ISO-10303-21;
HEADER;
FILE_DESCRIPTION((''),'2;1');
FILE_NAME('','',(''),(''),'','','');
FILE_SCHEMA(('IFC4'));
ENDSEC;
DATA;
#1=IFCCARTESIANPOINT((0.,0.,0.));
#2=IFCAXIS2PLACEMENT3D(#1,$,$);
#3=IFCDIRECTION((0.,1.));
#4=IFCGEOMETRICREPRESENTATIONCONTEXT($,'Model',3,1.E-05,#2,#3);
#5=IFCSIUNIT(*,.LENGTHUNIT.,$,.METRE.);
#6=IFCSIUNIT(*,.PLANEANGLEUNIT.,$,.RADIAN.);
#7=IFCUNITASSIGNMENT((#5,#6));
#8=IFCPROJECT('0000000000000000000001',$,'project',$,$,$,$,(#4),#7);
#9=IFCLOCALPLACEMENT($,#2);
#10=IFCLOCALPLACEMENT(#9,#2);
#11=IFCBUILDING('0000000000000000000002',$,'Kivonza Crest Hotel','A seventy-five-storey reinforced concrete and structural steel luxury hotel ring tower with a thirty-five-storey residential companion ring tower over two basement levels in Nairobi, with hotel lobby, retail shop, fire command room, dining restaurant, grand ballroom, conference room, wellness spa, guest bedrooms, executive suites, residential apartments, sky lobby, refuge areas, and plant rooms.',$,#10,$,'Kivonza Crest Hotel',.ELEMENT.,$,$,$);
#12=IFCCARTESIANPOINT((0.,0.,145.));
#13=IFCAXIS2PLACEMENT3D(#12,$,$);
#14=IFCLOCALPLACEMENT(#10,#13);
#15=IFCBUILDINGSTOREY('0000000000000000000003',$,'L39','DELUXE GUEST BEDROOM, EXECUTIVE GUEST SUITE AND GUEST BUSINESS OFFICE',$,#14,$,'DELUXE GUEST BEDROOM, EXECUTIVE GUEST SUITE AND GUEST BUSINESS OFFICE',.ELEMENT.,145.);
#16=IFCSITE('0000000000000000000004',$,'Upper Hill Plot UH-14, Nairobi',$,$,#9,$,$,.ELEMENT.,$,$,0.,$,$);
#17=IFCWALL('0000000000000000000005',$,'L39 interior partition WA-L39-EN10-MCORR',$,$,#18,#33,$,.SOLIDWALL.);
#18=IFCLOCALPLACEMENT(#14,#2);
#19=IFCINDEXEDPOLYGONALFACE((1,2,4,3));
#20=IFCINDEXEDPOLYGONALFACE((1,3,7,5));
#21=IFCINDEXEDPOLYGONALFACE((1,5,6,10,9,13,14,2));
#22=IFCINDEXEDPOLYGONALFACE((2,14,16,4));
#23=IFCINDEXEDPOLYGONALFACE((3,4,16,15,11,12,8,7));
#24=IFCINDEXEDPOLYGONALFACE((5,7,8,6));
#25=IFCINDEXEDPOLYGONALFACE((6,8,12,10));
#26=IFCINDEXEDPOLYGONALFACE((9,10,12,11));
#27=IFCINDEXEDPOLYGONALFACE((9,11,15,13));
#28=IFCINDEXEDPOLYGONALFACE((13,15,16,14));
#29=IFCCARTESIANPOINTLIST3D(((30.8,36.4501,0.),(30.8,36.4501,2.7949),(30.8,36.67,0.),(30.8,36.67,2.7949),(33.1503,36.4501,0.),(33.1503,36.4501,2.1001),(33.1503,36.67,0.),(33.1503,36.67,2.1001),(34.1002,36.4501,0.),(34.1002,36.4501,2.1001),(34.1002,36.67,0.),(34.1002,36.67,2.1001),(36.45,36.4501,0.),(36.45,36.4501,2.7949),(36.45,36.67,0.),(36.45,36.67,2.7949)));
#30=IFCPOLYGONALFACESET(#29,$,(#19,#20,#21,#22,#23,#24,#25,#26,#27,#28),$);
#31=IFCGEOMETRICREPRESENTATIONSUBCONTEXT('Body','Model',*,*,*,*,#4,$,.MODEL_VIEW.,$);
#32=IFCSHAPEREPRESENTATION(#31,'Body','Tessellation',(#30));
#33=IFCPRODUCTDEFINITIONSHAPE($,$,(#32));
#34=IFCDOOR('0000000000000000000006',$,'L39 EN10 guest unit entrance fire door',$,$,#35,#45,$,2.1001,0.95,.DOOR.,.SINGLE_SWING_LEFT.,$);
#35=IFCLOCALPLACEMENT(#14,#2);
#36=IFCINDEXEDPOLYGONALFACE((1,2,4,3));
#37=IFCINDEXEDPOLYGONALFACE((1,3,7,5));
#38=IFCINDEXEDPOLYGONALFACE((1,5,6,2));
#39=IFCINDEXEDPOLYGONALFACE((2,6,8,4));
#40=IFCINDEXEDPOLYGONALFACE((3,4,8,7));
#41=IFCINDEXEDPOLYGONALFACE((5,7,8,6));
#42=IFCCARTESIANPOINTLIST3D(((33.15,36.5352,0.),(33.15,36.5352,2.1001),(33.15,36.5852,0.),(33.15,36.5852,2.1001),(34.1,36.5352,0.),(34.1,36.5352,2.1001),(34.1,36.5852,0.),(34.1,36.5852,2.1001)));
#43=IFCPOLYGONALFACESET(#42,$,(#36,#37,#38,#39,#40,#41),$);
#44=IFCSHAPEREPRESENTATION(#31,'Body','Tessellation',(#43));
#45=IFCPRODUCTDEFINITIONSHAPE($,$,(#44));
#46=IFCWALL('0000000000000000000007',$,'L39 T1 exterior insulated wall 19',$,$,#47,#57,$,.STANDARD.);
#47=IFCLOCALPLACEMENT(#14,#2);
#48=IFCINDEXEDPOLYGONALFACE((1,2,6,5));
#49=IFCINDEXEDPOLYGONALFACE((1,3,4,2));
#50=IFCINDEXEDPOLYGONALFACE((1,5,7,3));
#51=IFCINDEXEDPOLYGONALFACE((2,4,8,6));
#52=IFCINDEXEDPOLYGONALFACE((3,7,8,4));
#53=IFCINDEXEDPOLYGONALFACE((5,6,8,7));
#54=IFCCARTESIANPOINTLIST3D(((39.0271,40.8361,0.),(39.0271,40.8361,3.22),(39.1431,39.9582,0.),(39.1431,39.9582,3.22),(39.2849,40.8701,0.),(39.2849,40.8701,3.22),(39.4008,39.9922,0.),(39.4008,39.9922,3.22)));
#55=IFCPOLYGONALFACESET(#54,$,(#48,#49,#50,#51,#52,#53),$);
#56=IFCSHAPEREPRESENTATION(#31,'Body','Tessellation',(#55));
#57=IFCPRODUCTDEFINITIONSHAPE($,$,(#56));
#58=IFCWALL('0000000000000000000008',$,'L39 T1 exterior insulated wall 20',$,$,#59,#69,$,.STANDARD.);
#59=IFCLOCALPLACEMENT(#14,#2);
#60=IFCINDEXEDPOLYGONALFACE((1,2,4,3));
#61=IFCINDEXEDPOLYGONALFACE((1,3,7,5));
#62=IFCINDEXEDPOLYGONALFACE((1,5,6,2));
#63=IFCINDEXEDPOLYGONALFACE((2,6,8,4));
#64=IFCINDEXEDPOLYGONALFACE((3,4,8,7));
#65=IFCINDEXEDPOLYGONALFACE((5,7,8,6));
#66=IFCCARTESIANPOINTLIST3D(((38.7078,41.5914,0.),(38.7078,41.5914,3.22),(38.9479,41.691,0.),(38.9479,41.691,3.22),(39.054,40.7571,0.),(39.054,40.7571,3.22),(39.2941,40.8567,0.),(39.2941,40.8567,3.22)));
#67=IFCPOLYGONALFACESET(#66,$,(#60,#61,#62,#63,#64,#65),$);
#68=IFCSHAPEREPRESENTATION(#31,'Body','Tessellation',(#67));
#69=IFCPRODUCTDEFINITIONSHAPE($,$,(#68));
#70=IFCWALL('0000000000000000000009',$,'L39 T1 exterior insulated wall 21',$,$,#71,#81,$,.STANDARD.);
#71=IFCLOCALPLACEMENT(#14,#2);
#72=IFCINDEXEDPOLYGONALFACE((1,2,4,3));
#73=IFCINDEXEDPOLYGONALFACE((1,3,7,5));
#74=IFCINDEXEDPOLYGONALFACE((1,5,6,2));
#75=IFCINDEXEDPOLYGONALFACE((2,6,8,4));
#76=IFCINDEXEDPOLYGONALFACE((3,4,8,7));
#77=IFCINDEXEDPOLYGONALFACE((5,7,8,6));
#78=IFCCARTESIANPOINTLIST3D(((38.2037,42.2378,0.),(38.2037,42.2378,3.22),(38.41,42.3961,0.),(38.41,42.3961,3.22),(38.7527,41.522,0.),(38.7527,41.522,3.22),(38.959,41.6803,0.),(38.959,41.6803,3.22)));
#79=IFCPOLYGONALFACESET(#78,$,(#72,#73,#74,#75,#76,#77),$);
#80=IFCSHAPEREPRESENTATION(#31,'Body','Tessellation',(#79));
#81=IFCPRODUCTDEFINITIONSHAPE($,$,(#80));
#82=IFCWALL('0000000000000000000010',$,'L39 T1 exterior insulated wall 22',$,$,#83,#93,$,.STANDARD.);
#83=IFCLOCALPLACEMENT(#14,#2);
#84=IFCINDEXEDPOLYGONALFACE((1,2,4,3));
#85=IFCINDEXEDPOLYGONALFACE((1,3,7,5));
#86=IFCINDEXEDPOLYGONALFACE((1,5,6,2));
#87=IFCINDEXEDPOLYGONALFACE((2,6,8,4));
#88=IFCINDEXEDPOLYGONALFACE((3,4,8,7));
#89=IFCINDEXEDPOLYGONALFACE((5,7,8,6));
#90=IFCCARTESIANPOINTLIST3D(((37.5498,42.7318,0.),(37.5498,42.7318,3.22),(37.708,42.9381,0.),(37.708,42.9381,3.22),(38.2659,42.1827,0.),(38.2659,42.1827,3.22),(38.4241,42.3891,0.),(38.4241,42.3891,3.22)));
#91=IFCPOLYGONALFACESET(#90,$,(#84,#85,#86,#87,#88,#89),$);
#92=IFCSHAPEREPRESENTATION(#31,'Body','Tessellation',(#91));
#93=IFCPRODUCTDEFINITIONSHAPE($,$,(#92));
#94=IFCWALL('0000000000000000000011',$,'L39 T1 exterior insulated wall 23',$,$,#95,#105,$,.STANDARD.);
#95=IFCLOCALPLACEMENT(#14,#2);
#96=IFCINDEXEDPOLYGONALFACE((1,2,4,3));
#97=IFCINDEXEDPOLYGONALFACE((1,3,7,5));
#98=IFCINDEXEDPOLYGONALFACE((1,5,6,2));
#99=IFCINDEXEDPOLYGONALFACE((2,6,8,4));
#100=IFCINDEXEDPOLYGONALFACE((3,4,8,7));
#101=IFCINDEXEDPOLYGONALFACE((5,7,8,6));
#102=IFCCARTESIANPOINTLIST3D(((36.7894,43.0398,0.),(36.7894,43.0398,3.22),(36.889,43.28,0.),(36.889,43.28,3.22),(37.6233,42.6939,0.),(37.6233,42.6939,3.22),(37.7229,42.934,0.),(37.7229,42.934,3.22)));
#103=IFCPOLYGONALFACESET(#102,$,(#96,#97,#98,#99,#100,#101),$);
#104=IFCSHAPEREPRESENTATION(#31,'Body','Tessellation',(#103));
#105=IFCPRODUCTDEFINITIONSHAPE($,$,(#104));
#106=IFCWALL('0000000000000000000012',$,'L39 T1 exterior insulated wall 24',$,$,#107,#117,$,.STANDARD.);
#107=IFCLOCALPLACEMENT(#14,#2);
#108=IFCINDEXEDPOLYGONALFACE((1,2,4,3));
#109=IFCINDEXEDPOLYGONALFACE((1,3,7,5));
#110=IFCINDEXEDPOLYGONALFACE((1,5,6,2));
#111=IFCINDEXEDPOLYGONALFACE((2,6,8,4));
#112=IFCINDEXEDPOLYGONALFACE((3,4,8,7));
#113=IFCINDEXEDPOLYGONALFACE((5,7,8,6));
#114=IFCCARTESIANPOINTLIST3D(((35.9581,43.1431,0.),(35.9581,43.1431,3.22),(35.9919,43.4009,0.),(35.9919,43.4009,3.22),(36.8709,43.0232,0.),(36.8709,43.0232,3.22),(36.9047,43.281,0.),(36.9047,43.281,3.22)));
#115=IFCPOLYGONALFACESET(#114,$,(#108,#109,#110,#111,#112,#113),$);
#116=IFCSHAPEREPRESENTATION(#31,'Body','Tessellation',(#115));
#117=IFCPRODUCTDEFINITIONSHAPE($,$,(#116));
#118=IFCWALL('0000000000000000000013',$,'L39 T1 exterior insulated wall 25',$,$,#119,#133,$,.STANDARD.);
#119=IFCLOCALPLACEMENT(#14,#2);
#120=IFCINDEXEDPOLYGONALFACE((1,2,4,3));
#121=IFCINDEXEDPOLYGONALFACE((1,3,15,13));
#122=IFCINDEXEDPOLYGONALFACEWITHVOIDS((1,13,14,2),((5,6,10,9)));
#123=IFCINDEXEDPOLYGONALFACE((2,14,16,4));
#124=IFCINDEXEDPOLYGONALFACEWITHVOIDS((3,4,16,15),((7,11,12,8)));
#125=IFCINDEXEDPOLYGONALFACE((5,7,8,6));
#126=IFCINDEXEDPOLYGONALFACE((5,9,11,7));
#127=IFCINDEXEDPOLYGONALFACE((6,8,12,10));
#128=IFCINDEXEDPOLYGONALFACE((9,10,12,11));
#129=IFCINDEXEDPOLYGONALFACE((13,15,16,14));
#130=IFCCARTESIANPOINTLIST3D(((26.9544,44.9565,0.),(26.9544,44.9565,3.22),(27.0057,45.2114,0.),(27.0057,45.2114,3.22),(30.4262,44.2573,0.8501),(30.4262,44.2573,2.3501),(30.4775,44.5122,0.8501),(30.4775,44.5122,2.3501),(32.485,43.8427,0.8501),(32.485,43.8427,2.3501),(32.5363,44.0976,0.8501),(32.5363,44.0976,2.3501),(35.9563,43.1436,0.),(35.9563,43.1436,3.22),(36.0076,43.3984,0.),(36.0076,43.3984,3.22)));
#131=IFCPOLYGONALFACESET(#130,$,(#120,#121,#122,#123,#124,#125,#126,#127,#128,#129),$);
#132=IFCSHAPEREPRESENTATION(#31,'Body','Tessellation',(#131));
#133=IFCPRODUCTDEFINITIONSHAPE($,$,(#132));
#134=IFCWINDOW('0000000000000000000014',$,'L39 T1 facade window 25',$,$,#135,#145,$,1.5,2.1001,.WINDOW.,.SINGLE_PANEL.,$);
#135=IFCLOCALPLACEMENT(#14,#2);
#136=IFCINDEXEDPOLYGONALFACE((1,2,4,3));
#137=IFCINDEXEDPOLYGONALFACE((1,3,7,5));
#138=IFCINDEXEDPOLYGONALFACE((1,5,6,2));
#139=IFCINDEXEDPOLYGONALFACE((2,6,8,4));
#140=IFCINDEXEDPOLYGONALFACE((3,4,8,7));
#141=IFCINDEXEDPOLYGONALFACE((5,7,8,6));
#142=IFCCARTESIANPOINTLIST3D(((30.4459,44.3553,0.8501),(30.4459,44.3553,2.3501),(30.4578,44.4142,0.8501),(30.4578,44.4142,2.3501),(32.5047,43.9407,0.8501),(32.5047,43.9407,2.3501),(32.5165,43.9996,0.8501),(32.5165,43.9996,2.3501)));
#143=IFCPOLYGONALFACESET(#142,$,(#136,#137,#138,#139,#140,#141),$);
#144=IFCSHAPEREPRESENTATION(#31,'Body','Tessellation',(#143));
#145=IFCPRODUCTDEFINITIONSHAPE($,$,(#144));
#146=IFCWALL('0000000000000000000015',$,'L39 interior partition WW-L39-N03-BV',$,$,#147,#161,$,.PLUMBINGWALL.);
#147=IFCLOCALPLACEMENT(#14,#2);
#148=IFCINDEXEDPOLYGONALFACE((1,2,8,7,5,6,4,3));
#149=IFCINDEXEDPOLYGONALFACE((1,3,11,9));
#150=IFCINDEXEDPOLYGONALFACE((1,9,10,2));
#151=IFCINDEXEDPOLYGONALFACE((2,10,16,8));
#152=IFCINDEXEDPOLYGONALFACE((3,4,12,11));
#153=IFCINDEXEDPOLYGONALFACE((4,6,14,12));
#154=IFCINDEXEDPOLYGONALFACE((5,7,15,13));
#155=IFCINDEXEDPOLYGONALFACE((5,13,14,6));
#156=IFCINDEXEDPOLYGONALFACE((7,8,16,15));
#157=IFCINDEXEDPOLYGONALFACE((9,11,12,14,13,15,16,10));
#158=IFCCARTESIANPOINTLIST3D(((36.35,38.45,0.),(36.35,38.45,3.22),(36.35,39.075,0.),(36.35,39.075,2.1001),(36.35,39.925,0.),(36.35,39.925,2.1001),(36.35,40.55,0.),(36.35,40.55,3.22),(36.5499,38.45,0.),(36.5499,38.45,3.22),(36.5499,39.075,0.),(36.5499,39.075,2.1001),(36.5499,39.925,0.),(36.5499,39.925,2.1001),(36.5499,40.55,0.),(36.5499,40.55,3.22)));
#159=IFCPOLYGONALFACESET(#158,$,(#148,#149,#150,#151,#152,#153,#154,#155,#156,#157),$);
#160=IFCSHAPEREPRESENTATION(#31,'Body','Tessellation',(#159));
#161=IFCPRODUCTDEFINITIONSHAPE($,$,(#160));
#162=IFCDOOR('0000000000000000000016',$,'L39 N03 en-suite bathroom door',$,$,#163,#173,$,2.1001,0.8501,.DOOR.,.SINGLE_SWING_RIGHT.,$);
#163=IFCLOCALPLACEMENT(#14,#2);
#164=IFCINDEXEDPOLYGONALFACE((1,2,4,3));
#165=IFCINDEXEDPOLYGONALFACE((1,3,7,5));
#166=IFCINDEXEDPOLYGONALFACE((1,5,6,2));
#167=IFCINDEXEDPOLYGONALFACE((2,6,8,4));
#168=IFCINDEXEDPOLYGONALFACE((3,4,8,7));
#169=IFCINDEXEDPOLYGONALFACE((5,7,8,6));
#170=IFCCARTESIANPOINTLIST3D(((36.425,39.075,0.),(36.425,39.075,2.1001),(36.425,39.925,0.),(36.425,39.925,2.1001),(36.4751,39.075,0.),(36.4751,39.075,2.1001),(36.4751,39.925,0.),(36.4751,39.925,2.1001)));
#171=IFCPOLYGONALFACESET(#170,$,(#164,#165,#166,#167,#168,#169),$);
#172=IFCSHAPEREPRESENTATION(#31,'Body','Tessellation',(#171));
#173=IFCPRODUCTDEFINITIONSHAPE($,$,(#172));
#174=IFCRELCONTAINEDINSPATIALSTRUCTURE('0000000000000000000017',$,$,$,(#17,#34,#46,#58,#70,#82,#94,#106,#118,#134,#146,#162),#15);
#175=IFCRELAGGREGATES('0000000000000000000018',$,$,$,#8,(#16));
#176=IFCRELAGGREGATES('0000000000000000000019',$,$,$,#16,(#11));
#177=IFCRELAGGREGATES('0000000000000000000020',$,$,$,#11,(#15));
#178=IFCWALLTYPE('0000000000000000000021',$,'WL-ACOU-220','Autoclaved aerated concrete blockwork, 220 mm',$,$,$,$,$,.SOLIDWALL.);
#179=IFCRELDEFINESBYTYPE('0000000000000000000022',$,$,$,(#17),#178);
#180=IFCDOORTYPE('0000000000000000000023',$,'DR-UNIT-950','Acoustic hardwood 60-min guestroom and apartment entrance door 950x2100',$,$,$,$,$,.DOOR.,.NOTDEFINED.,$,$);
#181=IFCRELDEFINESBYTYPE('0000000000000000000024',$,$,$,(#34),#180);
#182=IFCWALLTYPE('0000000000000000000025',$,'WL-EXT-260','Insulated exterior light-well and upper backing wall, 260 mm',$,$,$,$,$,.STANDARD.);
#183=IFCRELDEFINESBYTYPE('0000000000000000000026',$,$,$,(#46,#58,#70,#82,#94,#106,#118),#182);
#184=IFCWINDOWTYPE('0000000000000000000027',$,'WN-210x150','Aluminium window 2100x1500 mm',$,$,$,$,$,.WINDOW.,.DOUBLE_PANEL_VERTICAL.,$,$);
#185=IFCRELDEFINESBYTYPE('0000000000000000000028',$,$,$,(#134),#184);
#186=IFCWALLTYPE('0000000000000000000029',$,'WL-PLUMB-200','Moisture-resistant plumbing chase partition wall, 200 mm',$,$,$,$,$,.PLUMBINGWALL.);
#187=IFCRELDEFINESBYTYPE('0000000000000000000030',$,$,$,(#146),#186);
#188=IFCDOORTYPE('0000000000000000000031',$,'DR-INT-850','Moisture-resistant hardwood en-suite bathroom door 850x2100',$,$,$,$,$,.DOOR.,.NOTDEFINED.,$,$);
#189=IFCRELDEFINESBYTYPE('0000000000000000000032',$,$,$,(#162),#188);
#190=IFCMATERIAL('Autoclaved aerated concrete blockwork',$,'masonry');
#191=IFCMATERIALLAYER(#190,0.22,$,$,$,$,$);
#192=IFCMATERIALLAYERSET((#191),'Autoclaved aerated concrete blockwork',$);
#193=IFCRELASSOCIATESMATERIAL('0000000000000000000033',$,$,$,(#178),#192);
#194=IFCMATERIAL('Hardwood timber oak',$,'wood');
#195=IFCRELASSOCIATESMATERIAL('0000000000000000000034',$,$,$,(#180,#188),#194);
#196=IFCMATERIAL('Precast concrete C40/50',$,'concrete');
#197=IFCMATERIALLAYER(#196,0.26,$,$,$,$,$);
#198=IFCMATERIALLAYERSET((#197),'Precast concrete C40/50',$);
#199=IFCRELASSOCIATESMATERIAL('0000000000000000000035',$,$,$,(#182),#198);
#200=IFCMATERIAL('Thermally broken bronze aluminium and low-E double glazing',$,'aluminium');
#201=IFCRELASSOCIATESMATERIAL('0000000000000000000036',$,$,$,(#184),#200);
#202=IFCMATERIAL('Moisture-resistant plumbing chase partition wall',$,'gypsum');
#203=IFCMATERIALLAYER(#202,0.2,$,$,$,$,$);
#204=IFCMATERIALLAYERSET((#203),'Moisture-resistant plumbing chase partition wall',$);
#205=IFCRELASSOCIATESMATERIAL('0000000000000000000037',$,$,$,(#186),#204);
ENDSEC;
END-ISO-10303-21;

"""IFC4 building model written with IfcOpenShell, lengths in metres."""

from ifc_helpers import new_model, si_unit, direction, frame, frame_2d, origin, place, context, subcontext, project, spatial, rectangle, extrude, material, layer, layer_set, type_object, element, fill, save


model = new_model("IFC4")

# Units and contexts
model_context = context("Model", 3, precision=1e-05, world=origin(), true_north=direction((0.0, 1.0)))
body_context = subcontext(model_context, "Body", "Model", "MODEL_VIEW")
ifc_project = project(units=[si_unit("LENGTHUNIT", "METRE"), si_unit("PLANEANGLEUNIT", "RADIAN")], contexts=[model_context])

# Site, building, storey
site_placement = place(None, origin())
site = spatial("IfcSite", under=ifc_project, at=site_placement, Name="Upper Hill Plot UH-14, Nairobi", CompositionType="ELEMENT", RefElevation=0.0)
building_placement = place(site_placement, origin())
building = spatial("IfcBuilding", under=site, at=building_placement, Name="Kivonza Crest Hotel", Description="A seventy-five-storey reinforced concrete and structural steel luxury hotel ring tower with a thirty-five-storey residential companion ring tower over two basement levels in Nairobi, with hotel lobby, retail shop, fire command room, dining restaurant, grand ballroom, conference room, wellness spa, guest bedrooms, executive suites, residential apartments, sky lobby, refuge areas, and plant rooms.", LongName="Kivonza Crest Hotel", CompositionType="ELEMENT")
storey_placement = place(building_placement, frame((0.0, 0.0, 145.0)))
storey = spatial("IfcBuildingStorey", under=building, at=storey_placement, Name="L39", Description="DELUXE GUEST BEDROOM, EXECUTIVE GUEST SUITE AND GUEST BUSINESS OFFICE", LongName="DELUXE GUEST BEDROOM, EXECUTIVE GUEST SUITE AND GUEST BUSINESS OFFICE", CompositionType="ELEMENT", Elevation=145.0)

# Shared definitions
ifc_material_1 = material(Name="Autoclaved aerated concrete blockwork", Category="masonry")
ifc_layer_1 = layer(ifc_material_1, 0.22)
ifc_layer_set_1 = layer_set([ifc_layer_1], Name="Autoclaved aerated concrete blockwork")
wall_type_1 = type_object("IfcWallType", Name="WL-ACOU-220", Description="Autoclaved aerated concrete blockwork, 220 mm", PredefinedType="SOLIDWALL", material=ifc_layer_set_1)

# Wall, opening, door
wall_1_placement = place(storey_placement, frame((30.8, 36.5601, 0.0), z_axis=(0.0, 0.0, 1.0), x_axis=(1.0, 0.0, 0.0)))
wall_1 = element("IfcWall", 1, at=wall_1_placement, inside=storey, type_object=wall_type_1, Name="L39 interior partition WA-L39-EN10-MCORR", PredefinedType="SOLIDWALL", context=body_context, shape_type="SweptSolid", body=[
    extrude(rectangle(XDim=5.6499, YDim=0.22, at=frame_2d((2.825, 0.0))), origin(), (0.0, 0.0, 1.0), 2.7949),
])
opening_1_placement = place(wall_1_placement, frame((2.3501, 0.0, 0.0)))
opening_1 = element("IfcOpeningElement", 2, at=opening_1_placement, cuts=wall_1, PredefinedType="OPENING", context=body_context, shape_type="SweptSolid", body=[
    extrude(rectangle(XDim=0.95, YDim=2.1001, at=frame_2d((0.4751, 1.05))), frame((0.0, 0.1201, 0.0), z_axis=(0.0, -1.0, 0.0), x_axis=(1.0, 0.0, 0.0)), (0.0, 0.0, 1.0), 0.24),
])
ifc_material_2 = material(Name="Hardwood timber oak", Category="wood")
door_type_1 = type_object("IfcDoorType", Name="DR-UNIT-950", Description="Acoustic hardwood 60-min guestroom and apartment entrance door 950x2100", OperationType="NOTDEFINED", PredefinedType="DOOR", material=ifc_material_2)
door_1_placement = place(opening_1_placement, frame((0.95, 0.0, 0.0), z_axis=(0.0, 0.0, 1.0), x_axis=(-1.0, 0.0, 0.0)))
door_1 = element("IfcDoor", 3, at=door_1_placement, inside=storey, type_object=door_type_1, Name="L39 EN10 guest unit entrance fire door", OperationType="SINGLE_SWING_LEFT", OverallHeight=2.1001, OverallWidth=0.95, PredefinedType="DOOR", context=body_context, shape_type="SweptSolid", body=[
    extrude(rectangle(XDim=0.95, YDim=2.1001, at=frame_2d((0.4751, 1.05))), frame((0.0, 0.0249, 0.0), z_axis=(0.0, -1.0, 0.0), x_axis=(1.0, 0.0, 0.0)), (0.0, 0.0, 1.0), 0.05),
])
fill(opening_1, door_1)

# Walls
ifc_material_3 = material(Name="Precast concrete C40/50", Category="concrete")
ifc_layer_2 = layer(ifc_material_3, 0.26)
ifc_layer_set_2 = layer_set([ifc_layer_2], Name="Precast concrete C40/50")
wall_type_2 = type_object("IfcWallType", Name="WL-EXT-260", Description="Insulated exterior light-well and upper backing wall, 260 mm", PredefinedType="STANDARD", material=ifc_layer_set_2)
wall_2_placement = place(storey_placement, frame((39.272, 39.9751, 0.0), z_axis=(0.0, 0.0, 1.0), x_axis=(-0.130954, 0.991388, 0.0)))
element("IfcWall", 4, at=wall_2_placement, inside=storey, type_object=wall_type_2, Name="L39 T1 exterior insulated wall 19", PredefinedType="STANDARD", context=body_context, shape_type="SweptSolid", body=[
    extrude(rectangle(XDim=0.8855, YDim=0.26, at=frame_2d((0.4429, 0.0))), origin(), (0.0, 0.0, 1.0), 3.22),
])
wall_3_placement = place(storey_placement, frame((39.1741, 40.8069, 0.0), z_axis=(0.0, 0.0, 1.0), x_axis=(-0.383291, 0.923628, 0.0)))
element("IfcWall", 5, at=wall_3_placement, inside=storey, type_object=wall_type_2, Name="L39 T1 exterior insulated wall 20", PredefinedType="STANDARD", context=body_context, shape_type="SweptSolid", body=[
    extrude(rectangle(XDim=0.9033, YDim=0.26, at=frame_2d((0.4517, 0.0))), origin(), (0.0, 0.0, 1.0), 3.22),
])
wall_4_placement = place(storey_placement, frame((38.856, 41.6011, 0.0), z_axis=(0.0, 0.0, 1.0), x_axis=(-0.608625, 0.793458, 0.0)))
element("IfcWall", 6, at=wall_4_placement, inside=storey, type_object=wall_type_2, Name="L39 T1 exterior insulated wall 21", PredefinedType="STANDARD", context=body_context, shape_type="SweptSolid", body=[
    extrude(rectangle(XDim=0.9021, YDim=0.26, at=frame_2d((0.4512, 0.0))), origin(), (0.0, 0.0, 1.0), 3.22),
])
wall_5_placement = place(storey_placement, frame((38.345, 42.2859, 0.0), z_axis=(0.0, 0.0, 1.0), x_axis=(-0.793558, 0.608494, 0.0)))
element("IfcWall", 7, at=wall_5_placement, inside=storey, type_object=wall_type_2, Name="L39 T1 exterior insulated wall 22", PredefinedType="STANDARD", context=body_context, shape_type="SweptSolid", body=[
    extrude(rectangle(XDim=0.9023, YDim=0.26, at=frame_2d((0.4512, 0.0))), origin(), (0.0, 0.0, 1.0), 3.22),
])
wall_6_placement = place(storey_placement, frame((37.6731, 42.814, 0.0), z_axis=(0.0, 0.0, 1.0), x_axis=(-0.923684, 0.383156, 0.0)))
element("IfcWall", 8, at=wall_6_placement, inside=storey, type_object=wall_type_2, Name="L39 T1 exterior insulated wall 23", PredefinedType="STANDARD", context=body_context, shape_type="SweptSolid", body=[
    extrude(rectangle(XDim=0.9028, YDim=0.26, at=frame_2d((0.4514, 0.0))), origin(), (0.0, 0.0, 1.0), 3.22),
])
wall_7_placement = place(storey_placement, frame((36.8879, 43.1521, 0.0), z_axis=(0.0, 0.0, 1.0), x_axis=(-0.991488, 0.130201, 0.0)))
element("IfcWall", 9, at=wall_7_placement, inside=storey, type_object=wall_type_2, Name="L39 T1 exterior insulated wall 24", PredefinedType="STANDARD", context=body_context, shape_type="SweptSolid", body=[
    extrude(rectangle(XDim=0.9207, YDim=0.26, at=frame_2d((0.4604, 0.0))), origin(), (0.0, 0.0, 1.0), 3.22),
])

# Wall, opening, window
wall_8_placement = place(storey_placement, frame((35.9819, 43.271, 0.0), z_axis=(0.0, 0.0, 1.0), x_axis=(-0.980316, 0.197435, 0.0)))
wall_8 = element("IfcWall", 10, at=wall_8_placement, inside=storey, type_object=wall_type_2, Name="L39 T1 exterior insulated wall 25", PredefinedType="STANDARD", context=body_context, shape_type="SweptSolid", body=[
    extrude(rectangle(XDim=9.1826, YDim=0.26, at=frame_2d((4.5913, 0.0))), origin(), (0.0, 0.0, 1.0), 3.22),
])
opening_2_placement = place(wall_8_placement, frame((3.541, 0.0, 0.8501)))
opening_2 = element("IfcOpeningElement", 11, at=opening_2_placement, cuts=wall_8, PredefinedType="OPENING", context=body_context, shape_type="SweptSolid", body=[
    extrude(rectangle(XDim=2.1001, YDim=1.5, at=frame_2d((1.05, 0.75))), frame((0.0, 0.1401, 0.0), z_axis=(0.0, -1.0, 0.0), x_axis=(1.0, 0.0, 0.0)), (0.0, 0.0, 1.0), 0.28),
])
ifc_material_4 = material(Name="Thermally broken bronze aluminium and low-E double glazing", Category="aluminium")
window_type = type_object("IfcWindowType", Name="WN-210x150", Description="Aluminium window 2100x1500 mm", PartitioningType="DOUBLE_PANEL_VERTICAL", PredefinedType="WINDOW", material=ifc_material_4)
window_placement = place(opening_2_placement, origin())
window = element("IfcWindow", 12, at=window_placement, inside=storey, type_object=window_type, Name="L39 T1 facade window 25", OverallHeight=1.5, OverallWidth=2.1001, PartitioningType="SINGLE_PANEL", PredefinedType="WINDOW", context=body_context, shape_type="SweptSolid", body=[
    extrude(rectangle(XDim=2.1001, YDim=1.5, at=frame_2d((1.05, 0.75))), frame((0.0, 0.03, 0.0), z_axis=(0.0, -1.0, 0.0), x_axis=(1.0, 0.0, 0.0)), (0.0, 0.0, 1.0), 0.0601),
])
fill(opening_2, window)

# Wall, opening, door
ifc_material_5 = material(Name="Moisture-resistant plumbing chase partition wall", Category="gypsum")
ifc_layer_3 = layer(ifc_material_5, 0.2)
ifc_layer_set_3 = layer_set([ifc_layer_3], Name="Moisture-resistant plumbing chase partition wall")
wall_type_3 = type_object("IfcWallType", Name="WL-PLUMB-200", Description="Moisture-resistant plumbing chase partition wall, 200 mm", PredefinedType="PLUMBINGWALL", material=ifc_layer_set_3)
wall_9_placement = place(storey_placement, frame((36.45, 38.45, 0.0), z_axis=(0.0, 0.0, 1.0), x_axis=(0.0, 1.0, 0.0)))
wall_9 = element("IfcWall", 13, at=wall_9_placement, inside=storey, type_object=wall_type_3, Name="L39 interior partition WW-L39-N03-BV", PredefinedType="PLUMBINGWALL", context=body_context, shape_type="SweptSolid", body=[
    extrude(rectangle(XDim=2.1001, YDim=0.2, at=frame_2d((1.05, 0.0))), origin(), (0.0, 0.0, 1.0), 3.22),
])
opening_3_placement = place(wall_9_placement, frame((0.625, 0.0, 0.0)))
opening_3 = element("IfcOpeningElement", 14, at=opening_3_placement, cuts=wall_9, PredefinedType="OPENING", context=body_context, shape_type="SweptSolid", body=[
    extrude(rectangle(XDim=0.8501, YDim=2.1001, at=frame_2d((0.425, 1.05))), frame((0.0, 0.1099, 0.0), z_axis=(0.0, -1.0, 0.0), x_axis=(1.0, 0.0, 0.0)), (0.0, 0.0, 1.0), 0.22),
])
door_type_2 = type_object("IfcDoorType", Name="DR-INT-850", Description="Moisture-resistant hardwood en-suite bathroom door 850x2100", OperationType="NOTDEFINED", PredefinedType="DOOR", material=ifc_material_2)
door_2_placement = place(opening_3_placement, origin())
door_2 = element("IfcDoor", 15, at=door_2_placement, inside=storey, type_object=door_type_2, Name="L39 N03 en-suite bathroom door", OperationType="SINGLE_SWING_RIGHT", OverallHeight=2.1001, OverallWidth=0.8501, PredefinedType="DOOR", context=body_context, shape_type="SweptSolid", body=[
    extrude(rectangle(XDim=0.8501, YDim=2.1001, at=frame_2d((0.425, 1.05))), frame((0.0, 0.0249, 0.0), z_axis=(0.0, -1.0, 0.0), x_axis=(1.0, 0.0, 0.0)), (0.0, 0.0, 1.0), 0.05),
])
fill(opening_3, door_2)

save(model, "model.ifc")
